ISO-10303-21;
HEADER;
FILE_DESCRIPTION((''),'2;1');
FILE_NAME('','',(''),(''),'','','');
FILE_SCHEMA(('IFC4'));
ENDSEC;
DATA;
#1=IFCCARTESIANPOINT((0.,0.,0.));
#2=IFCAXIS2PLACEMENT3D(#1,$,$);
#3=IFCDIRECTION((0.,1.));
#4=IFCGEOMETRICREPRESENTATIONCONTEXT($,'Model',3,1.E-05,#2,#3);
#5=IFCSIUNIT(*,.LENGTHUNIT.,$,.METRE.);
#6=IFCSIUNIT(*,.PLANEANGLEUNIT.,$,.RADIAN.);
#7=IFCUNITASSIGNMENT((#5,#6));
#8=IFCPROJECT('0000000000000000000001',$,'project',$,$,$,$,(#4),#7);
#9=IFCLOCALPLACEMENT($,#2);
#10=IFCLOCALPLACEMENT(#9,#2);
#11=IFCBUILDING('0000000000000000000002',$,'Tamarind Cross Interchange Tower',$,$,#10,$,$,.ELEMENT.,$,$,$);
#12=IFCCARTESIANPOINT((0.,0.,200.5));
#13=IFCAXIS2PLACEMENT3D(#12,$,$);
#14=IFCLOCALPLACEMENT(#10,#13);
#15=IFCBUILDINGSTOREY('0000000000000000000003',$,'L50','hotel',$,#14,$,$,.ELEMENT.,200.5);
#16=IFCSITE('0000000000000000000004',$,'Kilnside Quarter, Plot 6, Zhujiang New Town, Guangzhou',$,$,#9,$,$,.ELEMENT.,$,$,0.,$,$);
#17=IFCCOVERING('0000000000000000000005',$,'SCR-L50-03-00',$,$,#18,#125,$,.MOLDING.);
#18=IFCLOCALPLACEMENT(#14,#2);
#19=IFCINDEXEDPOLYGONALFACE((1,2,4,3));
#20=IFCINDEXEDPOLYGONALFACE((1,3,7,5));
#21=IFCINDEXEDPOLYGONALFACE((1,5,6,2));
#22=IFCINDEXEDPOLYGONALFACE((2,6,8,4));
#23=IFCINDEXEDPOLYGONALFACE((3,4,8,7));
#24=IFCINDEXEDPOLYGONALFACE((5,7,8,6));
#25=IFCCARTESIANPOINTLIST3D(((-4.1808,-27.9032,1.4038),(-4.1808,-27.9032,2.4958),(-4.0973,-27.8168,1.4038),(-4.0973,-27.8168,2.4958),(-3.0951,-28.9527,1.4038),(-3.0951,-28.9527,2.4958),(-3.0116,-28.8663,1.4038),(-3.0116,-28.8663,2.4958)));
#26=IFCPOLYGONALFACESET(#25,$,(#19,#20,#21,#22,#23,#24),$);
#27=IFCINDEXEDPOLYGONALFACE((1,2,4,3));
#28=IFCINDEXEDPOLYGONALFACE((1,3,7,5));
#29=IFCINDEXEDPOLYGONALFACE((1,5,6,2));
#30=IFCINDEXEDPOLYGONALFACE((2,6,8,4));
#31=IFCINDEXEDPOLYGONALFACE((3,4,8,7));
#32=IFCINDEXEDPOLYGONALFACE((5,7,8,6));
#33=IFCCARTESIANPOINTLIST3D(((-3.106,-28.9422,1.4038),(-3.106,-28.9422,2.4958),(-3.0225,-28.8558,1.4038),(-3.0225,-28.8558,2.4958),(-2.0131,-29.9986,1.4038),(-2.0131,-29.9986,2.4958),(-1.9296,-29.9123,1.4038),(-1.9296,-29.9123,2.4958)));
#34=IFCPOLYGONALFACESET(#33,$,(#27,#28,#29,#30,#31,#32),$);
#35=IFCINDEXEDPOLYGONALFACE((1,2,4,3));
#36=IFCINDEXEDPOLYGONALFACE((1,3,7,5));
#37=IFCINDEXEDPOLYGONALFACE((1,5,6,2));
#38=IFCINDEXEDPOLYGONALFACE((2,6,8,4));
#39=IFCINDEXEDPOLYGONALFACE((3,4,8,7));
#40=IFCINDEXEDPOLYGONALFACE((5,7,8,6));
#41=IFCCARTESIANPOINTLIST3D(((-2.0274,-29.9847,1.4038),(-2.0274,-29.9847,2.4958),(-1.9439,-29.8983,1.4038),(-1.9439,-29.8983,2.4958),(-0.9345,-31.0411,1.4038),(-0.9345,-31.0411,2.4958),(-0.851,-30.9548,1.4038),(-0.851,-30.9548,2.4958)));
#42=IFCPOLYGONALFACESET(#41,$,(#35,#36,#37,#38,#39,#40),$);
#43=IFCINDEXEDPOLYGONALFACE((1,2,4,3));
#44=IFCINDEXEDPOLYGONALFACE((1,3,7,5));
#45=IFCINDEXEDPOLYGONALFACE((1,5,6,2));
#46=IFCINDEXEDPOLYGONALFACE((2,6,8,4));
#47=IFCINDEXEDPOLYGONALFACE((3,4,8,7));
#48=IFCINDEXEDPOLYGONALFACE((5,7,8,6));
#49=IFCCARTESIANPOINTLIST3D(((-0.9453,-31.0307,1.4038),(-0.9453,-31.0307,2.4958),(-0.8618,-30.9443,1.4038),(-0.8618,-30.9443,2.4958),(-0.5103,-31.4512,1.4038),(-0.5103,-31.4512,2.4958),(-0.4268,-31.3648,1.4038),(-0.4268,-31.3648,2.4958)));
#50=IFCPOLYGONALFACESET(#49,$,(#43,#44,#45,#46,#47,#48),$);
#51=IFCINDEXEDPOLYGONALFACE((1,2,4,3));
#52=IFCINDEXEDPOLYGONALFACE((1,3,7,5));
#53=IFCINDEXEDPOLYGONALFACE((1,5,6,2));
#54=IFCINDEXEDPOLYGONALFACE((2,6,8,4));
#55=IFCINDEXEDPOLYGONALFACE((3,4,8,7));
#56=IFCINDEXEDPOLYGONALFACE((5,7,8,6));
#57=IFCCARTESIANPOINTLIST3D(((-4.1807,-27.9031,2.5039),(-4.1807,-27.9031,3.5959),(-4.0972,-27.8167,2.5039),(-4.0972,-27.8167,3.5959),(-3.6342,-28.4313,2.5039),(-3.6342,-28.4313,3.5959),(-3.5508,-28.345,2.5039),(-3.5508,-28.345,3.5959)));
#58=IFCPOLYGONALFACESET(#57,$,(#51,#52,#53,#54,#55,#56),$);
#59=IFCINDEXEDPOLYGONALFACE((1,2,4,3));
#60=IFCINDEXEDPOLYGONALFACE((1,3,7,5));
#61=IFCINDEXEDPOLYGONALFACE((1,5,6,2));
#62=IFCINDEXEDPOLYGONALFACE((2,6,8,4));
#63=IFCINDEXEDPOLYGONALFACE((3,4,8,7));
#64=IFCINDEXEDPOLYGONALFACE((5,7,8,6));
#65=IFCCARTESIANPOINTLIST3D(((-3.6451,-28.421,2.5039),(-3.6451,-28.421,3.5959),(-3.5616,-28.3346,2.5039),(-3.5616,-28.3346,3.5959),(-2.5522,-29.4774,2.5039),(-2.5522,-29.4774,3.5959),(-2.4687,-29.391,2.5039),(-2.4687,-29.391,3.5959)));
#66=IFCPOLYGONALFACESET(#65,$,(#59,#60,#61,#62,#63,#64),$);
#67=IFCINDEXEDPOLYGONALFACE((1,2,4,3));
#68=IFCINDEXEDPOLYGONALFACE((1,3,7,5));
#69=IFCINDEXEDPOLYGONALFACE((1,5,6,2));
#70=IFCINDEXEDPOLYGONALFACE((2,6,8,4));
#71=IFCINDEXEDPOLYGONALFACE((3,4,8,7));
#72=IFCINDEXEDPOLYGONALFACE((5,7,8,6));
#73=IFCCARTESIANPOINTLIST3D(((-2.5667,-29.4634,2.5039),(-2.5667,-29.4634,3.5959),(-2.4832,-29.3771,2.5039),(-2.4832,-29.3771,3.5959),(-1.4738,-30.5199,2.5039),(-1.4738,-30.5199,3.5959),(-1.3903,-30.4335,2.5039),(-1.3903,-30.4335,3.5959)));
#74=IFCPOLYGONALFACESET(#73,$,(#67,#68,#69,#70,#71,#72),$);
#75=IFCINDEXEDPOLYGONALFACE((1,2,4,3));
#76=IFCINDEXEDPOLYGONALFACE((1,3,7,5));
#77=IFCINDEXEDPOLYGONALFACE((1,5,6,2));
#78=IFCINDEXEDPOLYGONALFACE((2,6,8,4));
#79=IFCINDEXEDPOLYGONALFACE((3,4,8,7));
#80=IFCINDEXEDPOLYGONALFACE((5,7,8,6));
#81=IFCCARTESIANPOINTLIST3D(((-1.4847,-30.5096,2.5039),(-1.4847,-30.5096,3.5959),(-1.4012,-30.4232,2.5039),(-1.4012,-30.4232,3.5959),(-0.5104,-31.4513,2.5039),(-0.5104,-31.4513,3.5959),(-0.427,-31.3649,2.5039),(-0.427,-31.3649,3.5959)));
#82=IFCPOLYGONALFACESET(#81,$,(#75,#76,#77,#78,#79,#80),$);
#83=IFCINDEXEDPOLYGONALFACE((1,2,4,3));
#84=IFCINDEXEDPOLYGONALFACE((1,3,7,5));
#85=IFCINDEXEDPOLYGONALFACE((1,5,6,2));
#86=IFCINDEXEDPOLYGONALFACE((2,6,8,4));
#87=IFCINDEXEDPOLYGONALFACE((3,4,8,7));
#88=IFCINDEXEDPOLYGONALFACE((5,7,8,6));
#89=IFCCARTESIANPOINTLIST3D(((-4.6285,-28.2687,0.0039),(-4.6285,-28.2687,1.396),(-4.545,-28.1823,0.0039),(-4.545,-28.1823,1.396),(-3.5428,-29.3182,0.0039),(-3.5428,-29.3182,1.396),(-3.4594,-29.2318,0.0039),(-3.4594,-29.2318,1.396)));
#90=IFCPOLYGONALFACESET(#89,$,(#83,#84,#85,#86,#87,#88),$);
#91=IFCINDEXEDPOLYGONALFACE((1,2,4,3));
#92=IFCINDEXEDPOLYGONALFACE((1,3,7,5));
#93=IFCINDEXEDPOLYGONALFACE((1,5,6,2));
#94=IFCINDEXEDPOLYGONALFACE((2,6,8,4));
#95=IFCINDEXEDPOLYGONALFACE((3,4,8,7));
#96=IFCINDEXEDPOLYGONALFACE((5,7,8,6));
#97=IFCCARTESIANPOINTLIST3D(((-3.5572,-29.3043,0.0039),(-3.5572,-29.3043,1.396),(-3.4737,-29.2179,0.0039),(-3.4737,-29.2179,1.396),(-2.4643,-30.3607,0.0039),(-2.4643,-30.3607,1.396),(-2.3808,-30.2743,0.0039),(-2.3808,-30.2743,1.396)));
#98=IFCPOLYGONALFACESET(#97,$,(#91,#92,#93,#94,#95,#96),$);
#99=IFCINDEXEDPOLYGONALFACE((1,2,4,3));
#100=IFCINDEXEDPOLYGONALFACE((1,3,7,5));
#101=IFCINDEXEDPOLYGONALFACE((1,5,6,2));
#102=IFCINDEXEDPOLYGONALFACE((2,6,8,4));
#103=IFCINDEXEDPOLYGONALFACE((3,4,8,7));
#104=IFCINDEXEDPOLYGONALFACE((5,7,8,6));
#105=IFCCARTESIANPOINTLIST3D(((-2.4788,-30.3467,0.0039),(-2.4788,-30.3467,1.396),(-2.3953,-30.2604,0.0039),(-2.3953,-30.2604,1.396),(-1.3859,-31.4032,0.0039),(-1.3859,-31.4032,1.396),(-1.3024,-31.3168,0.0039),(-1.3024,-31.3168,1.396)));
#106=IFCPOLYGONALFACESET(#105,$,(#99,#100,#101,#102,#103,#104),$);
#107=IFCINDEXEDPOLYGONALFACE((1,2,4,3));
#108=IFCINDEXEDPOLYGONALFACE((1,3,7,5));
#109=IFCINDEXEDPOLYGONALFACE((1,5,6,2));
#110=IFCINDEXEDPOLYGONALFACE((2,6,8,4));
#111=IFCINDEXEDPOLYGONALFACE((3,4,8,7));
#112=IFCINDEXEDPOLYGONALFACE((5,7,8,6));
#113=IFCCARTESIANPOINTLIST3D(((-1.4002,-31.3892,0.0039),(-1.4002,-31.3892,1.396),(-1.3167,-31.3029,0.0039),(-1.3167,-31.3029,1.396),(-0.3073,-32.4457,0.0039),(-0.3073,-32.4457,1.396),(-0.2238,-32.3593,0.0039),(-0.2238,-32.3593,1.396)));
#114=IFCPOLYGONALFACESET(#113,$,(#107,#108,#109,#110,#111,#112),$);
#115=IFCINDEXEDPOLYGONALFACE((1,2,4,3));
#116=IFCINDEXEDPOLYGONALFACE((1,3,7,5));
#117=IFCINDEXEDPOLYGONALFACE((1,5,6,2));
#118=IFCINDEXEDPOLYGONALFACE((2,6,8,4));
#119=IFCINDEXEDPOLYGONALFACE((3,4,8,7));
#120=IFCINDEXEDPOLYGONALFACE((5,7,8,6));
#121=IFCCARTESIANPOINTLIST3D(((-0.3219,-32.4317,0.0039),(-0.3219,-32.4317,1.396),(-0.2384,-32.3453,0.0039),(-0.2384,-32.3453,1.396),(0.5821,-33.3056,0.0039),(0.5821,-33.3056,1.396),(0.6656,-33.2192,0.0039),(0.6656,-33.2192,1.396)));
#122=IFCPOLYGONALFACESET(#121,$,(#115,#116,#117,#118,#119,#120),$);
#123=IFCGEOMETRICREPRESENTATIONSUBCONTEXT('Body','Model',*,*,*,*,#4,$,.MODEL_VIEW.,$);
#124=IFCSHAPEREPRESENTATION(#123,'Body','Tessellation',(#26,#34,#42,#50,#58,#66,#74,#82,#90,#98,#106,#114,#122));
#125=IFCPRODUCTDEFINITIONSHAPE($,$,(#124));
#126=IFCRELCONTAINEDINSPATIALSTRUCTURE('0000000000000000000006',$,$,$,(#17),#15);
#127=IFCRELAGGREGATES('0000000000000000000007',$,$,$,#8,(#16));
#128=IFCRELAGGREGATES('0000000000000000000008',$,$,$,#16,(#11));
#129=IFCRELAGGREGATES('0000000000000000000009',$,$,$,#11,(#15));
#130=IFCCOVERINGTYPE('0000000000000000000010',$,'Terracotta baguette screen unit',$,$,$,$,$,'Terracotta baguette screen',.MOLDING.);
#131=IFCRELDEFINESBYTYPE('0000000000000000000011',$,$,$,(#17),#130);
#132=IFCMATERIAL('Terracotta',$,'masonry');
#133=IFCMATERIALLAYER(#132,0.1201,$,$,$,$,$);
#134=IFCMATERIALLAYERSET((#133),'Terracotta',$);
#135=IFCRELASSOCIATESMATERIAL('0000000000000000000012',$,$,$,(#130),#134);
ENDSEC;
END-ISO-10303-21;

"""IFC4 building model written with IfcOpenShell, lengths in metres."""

from ifc_helpers import new_model, si_unit, direction, frame, origin, origin_2d, place, context, subcontext, project, spatial, rectangle, extrude, material, layer, layer_set, type_object, element, save


model = new_model("IFC4")

# Units and contexts
model_context = context("Model", 3, precision=1e-05, world=origin(), true_north=direction((0.0, 1.0)))
body_context = subcontext(model_context, "Body", "Model", "MODEL_VIEW")
ifc_project = project(units=[si_unit("LENGTHUNIT", "METRE"), si_unit("PLANEANGLEUNIT", "RADIAN")], contexts=[model_context])

# Site, building, storey
site_placement = place(None, origin())
site = spatial("IfcSite", under=ifc_project, at=site_placement, Name="Kilnside Quarter, Plot 6, Zhujiang New Town, Guangzhou", CompositionType="ELEMENT", RefElevation=0.0)
building_placement = place(site_placement, origin())
building = spatial("IfcBuilding", under=site, at=building_placement, Name="Tamarind Cross Interchange Tower", CompositionType="ELEMENT")
storey_placement = place(building_placement, frame((0.0, 0.0, 200.5)))
storey = spatial("IfcBuildingStorey", under=building, at=storey_placement, Name="L50", Description="hotel", CompositionType="ELEMENT", Elevation=200.5)

# Covering
ifc_material_1 = material(Name="Terracotta", Category="masonry")
ifc_layer_1 = layer(ifc_material_1, 0.1201)
ifc_layer_set_1 = layer_set([ifc_layer_1], Name="Terracotta")
covering_type = type_object("IfcCoveringType", Name="Terracotta baguette screen unit", ElementType="Terracotta baguette screen", PredefinedType="MOLDING", material=ifc_layer_set_1)
covering_1_placement = place(storey_placement, origin())
element("IfcCovering", 1, at=covering_1_placement, inside=storey, type_object=covering_type, Name="SCR-L50-03-00", PredefinedType="MOLDING", context=body_context, shape_type="SweptSolid", body=[
    extrude(rectangle(XDim=1.51, YDim=0.1201, at=origin_2d()), frame((-3.5962, -28.3848, 1.4038), z_axis=(0.0, 0.0, 1.0), x_axis=(0.718991, -0.69502, 0.0)), (0.0, 0.0, 1.0), 1.092),
    extrude(rectangle(XDim=1.52, YDim=0.1201, at=origin_2d()), frame((-2.5178, -29.4272, 1.4038), z_axis=(0.0, 0.0, 1.0), x_axis=(0.718991, -0.69502, 0.0)), (0.0, 0.0, 1.0), 1.092),
    extrude(rectangle(XDim=1.52, YDim=0.1201, at=origin_2d()), frame((-1.4392, -30.4697, 1.4038), z_axis=(0.0, 0.0, 1.0), x_axis=(0.718991, -0.69502, 0.0)), (0.0, 0.0, 1.0), 1.092),
    extrude(rectangle(XDim=0.605, YDim=0.1201, at=origin_2d()), frame((-0.686, -31.1978, 1.4038), z_axis=(0.0, 0.0, 1.0), x_axis=(0.718991, -0.69502, 0.0)), (0.0, 0.0, 1.0), 1.092),
    extrude(rectangle(XDim=0.76, YDim=0.1201, at=origin_2d()), frame((-3.8657, -28.124, 2.5039), z_axis=(0.0, 0.0, 1.0), x_axis=(0.718991, -0.69502, 0.0)), (0.0, 0.0, 1.0), 1.092),
    extrude(rectangle(XDim=1.52, YDim=0.1201, at=origin_2d()), frame((-3.0569, -28.906, 2.5039), z_axis=(0.0, 0.0, 1.0), x_axis=(0.718991, -0.69502, 0.0)), (0.0, 0.0, 1.0), 1.092),
    extrude(rectangle(XDim=1.52, YDim=0.1201, at=origin_2d()), frame((-1.9785, -29.9485, 2.5039), z_axis=(0.0, 0.0, 1.0), x_axis=(0.718991, -0.69502, 0.0)), (0.0, 0.0, 1.0), 1.092),
    extrude(rectangle(XDim=1.355, YDim=0.1201, at=origin_2d()), frame((-0.9558, -30.9373, 2.5039), z_axis=(0.0, 0.0, 1.0), x_axis=(0.718991, -0.69502, 0.0)), (0.0, 0.0, 1.0), 1.092),
    extrude(rectangle(XDim=1.51, YDim=0.1201, at=origin_2d()), frame((-4.0439, -28.7502, 0.0039), z_axis=(0.0, 0.0, 1.0), x_axis=(0.718991, -0.69502, 0.0)), (0.0, 0.0, 1.0), 1.3921),
    extrude(rectangle(XDim=1.52, YDim=0.1201, at=origin_2d()), frame((-2.969, -29.7893, 0.0039), z_axis=(0.0, 0.0, 1.0), x_axis=(0.718991, -0.69502, 0.0)), (0.0, 0.0, 1.0), 1.3921),
    extrude(rectangle(XDim=1.52, YDim=0.1201, at=origin_2d()), frame((-1.8906, -30.8318, 0.0039), z_axis=(0.0, 0.0, 1.0), x_axis=(0.718991, -0.69502, 0.0)), (0.0, 0.0, 1.0), 1.3921),
    extrude(rectangle(XDim=1.52, YDim=0.1201, at=origin_2d()), frame((-0.812, -31.8743, 0.0039), z_axis=(0.0, 0.0, 1.0), x_axis=(0.718991, -0.69502, 0.0)), (0.0, 0.0, 1.0), 1.3921),
    extrude(rectangle(XDim=1.2573, YDim=0.1201, at=origin_2d()), frame((0.1719, -32.8254, 0.0039), z_axis=(0.0, 0.0, 1.0), x_axis=(0.718991, -0.69502, 0.0)), (0.0, 0.0, 1.0), 1.3921),
])

save(model, "model.ifc")
